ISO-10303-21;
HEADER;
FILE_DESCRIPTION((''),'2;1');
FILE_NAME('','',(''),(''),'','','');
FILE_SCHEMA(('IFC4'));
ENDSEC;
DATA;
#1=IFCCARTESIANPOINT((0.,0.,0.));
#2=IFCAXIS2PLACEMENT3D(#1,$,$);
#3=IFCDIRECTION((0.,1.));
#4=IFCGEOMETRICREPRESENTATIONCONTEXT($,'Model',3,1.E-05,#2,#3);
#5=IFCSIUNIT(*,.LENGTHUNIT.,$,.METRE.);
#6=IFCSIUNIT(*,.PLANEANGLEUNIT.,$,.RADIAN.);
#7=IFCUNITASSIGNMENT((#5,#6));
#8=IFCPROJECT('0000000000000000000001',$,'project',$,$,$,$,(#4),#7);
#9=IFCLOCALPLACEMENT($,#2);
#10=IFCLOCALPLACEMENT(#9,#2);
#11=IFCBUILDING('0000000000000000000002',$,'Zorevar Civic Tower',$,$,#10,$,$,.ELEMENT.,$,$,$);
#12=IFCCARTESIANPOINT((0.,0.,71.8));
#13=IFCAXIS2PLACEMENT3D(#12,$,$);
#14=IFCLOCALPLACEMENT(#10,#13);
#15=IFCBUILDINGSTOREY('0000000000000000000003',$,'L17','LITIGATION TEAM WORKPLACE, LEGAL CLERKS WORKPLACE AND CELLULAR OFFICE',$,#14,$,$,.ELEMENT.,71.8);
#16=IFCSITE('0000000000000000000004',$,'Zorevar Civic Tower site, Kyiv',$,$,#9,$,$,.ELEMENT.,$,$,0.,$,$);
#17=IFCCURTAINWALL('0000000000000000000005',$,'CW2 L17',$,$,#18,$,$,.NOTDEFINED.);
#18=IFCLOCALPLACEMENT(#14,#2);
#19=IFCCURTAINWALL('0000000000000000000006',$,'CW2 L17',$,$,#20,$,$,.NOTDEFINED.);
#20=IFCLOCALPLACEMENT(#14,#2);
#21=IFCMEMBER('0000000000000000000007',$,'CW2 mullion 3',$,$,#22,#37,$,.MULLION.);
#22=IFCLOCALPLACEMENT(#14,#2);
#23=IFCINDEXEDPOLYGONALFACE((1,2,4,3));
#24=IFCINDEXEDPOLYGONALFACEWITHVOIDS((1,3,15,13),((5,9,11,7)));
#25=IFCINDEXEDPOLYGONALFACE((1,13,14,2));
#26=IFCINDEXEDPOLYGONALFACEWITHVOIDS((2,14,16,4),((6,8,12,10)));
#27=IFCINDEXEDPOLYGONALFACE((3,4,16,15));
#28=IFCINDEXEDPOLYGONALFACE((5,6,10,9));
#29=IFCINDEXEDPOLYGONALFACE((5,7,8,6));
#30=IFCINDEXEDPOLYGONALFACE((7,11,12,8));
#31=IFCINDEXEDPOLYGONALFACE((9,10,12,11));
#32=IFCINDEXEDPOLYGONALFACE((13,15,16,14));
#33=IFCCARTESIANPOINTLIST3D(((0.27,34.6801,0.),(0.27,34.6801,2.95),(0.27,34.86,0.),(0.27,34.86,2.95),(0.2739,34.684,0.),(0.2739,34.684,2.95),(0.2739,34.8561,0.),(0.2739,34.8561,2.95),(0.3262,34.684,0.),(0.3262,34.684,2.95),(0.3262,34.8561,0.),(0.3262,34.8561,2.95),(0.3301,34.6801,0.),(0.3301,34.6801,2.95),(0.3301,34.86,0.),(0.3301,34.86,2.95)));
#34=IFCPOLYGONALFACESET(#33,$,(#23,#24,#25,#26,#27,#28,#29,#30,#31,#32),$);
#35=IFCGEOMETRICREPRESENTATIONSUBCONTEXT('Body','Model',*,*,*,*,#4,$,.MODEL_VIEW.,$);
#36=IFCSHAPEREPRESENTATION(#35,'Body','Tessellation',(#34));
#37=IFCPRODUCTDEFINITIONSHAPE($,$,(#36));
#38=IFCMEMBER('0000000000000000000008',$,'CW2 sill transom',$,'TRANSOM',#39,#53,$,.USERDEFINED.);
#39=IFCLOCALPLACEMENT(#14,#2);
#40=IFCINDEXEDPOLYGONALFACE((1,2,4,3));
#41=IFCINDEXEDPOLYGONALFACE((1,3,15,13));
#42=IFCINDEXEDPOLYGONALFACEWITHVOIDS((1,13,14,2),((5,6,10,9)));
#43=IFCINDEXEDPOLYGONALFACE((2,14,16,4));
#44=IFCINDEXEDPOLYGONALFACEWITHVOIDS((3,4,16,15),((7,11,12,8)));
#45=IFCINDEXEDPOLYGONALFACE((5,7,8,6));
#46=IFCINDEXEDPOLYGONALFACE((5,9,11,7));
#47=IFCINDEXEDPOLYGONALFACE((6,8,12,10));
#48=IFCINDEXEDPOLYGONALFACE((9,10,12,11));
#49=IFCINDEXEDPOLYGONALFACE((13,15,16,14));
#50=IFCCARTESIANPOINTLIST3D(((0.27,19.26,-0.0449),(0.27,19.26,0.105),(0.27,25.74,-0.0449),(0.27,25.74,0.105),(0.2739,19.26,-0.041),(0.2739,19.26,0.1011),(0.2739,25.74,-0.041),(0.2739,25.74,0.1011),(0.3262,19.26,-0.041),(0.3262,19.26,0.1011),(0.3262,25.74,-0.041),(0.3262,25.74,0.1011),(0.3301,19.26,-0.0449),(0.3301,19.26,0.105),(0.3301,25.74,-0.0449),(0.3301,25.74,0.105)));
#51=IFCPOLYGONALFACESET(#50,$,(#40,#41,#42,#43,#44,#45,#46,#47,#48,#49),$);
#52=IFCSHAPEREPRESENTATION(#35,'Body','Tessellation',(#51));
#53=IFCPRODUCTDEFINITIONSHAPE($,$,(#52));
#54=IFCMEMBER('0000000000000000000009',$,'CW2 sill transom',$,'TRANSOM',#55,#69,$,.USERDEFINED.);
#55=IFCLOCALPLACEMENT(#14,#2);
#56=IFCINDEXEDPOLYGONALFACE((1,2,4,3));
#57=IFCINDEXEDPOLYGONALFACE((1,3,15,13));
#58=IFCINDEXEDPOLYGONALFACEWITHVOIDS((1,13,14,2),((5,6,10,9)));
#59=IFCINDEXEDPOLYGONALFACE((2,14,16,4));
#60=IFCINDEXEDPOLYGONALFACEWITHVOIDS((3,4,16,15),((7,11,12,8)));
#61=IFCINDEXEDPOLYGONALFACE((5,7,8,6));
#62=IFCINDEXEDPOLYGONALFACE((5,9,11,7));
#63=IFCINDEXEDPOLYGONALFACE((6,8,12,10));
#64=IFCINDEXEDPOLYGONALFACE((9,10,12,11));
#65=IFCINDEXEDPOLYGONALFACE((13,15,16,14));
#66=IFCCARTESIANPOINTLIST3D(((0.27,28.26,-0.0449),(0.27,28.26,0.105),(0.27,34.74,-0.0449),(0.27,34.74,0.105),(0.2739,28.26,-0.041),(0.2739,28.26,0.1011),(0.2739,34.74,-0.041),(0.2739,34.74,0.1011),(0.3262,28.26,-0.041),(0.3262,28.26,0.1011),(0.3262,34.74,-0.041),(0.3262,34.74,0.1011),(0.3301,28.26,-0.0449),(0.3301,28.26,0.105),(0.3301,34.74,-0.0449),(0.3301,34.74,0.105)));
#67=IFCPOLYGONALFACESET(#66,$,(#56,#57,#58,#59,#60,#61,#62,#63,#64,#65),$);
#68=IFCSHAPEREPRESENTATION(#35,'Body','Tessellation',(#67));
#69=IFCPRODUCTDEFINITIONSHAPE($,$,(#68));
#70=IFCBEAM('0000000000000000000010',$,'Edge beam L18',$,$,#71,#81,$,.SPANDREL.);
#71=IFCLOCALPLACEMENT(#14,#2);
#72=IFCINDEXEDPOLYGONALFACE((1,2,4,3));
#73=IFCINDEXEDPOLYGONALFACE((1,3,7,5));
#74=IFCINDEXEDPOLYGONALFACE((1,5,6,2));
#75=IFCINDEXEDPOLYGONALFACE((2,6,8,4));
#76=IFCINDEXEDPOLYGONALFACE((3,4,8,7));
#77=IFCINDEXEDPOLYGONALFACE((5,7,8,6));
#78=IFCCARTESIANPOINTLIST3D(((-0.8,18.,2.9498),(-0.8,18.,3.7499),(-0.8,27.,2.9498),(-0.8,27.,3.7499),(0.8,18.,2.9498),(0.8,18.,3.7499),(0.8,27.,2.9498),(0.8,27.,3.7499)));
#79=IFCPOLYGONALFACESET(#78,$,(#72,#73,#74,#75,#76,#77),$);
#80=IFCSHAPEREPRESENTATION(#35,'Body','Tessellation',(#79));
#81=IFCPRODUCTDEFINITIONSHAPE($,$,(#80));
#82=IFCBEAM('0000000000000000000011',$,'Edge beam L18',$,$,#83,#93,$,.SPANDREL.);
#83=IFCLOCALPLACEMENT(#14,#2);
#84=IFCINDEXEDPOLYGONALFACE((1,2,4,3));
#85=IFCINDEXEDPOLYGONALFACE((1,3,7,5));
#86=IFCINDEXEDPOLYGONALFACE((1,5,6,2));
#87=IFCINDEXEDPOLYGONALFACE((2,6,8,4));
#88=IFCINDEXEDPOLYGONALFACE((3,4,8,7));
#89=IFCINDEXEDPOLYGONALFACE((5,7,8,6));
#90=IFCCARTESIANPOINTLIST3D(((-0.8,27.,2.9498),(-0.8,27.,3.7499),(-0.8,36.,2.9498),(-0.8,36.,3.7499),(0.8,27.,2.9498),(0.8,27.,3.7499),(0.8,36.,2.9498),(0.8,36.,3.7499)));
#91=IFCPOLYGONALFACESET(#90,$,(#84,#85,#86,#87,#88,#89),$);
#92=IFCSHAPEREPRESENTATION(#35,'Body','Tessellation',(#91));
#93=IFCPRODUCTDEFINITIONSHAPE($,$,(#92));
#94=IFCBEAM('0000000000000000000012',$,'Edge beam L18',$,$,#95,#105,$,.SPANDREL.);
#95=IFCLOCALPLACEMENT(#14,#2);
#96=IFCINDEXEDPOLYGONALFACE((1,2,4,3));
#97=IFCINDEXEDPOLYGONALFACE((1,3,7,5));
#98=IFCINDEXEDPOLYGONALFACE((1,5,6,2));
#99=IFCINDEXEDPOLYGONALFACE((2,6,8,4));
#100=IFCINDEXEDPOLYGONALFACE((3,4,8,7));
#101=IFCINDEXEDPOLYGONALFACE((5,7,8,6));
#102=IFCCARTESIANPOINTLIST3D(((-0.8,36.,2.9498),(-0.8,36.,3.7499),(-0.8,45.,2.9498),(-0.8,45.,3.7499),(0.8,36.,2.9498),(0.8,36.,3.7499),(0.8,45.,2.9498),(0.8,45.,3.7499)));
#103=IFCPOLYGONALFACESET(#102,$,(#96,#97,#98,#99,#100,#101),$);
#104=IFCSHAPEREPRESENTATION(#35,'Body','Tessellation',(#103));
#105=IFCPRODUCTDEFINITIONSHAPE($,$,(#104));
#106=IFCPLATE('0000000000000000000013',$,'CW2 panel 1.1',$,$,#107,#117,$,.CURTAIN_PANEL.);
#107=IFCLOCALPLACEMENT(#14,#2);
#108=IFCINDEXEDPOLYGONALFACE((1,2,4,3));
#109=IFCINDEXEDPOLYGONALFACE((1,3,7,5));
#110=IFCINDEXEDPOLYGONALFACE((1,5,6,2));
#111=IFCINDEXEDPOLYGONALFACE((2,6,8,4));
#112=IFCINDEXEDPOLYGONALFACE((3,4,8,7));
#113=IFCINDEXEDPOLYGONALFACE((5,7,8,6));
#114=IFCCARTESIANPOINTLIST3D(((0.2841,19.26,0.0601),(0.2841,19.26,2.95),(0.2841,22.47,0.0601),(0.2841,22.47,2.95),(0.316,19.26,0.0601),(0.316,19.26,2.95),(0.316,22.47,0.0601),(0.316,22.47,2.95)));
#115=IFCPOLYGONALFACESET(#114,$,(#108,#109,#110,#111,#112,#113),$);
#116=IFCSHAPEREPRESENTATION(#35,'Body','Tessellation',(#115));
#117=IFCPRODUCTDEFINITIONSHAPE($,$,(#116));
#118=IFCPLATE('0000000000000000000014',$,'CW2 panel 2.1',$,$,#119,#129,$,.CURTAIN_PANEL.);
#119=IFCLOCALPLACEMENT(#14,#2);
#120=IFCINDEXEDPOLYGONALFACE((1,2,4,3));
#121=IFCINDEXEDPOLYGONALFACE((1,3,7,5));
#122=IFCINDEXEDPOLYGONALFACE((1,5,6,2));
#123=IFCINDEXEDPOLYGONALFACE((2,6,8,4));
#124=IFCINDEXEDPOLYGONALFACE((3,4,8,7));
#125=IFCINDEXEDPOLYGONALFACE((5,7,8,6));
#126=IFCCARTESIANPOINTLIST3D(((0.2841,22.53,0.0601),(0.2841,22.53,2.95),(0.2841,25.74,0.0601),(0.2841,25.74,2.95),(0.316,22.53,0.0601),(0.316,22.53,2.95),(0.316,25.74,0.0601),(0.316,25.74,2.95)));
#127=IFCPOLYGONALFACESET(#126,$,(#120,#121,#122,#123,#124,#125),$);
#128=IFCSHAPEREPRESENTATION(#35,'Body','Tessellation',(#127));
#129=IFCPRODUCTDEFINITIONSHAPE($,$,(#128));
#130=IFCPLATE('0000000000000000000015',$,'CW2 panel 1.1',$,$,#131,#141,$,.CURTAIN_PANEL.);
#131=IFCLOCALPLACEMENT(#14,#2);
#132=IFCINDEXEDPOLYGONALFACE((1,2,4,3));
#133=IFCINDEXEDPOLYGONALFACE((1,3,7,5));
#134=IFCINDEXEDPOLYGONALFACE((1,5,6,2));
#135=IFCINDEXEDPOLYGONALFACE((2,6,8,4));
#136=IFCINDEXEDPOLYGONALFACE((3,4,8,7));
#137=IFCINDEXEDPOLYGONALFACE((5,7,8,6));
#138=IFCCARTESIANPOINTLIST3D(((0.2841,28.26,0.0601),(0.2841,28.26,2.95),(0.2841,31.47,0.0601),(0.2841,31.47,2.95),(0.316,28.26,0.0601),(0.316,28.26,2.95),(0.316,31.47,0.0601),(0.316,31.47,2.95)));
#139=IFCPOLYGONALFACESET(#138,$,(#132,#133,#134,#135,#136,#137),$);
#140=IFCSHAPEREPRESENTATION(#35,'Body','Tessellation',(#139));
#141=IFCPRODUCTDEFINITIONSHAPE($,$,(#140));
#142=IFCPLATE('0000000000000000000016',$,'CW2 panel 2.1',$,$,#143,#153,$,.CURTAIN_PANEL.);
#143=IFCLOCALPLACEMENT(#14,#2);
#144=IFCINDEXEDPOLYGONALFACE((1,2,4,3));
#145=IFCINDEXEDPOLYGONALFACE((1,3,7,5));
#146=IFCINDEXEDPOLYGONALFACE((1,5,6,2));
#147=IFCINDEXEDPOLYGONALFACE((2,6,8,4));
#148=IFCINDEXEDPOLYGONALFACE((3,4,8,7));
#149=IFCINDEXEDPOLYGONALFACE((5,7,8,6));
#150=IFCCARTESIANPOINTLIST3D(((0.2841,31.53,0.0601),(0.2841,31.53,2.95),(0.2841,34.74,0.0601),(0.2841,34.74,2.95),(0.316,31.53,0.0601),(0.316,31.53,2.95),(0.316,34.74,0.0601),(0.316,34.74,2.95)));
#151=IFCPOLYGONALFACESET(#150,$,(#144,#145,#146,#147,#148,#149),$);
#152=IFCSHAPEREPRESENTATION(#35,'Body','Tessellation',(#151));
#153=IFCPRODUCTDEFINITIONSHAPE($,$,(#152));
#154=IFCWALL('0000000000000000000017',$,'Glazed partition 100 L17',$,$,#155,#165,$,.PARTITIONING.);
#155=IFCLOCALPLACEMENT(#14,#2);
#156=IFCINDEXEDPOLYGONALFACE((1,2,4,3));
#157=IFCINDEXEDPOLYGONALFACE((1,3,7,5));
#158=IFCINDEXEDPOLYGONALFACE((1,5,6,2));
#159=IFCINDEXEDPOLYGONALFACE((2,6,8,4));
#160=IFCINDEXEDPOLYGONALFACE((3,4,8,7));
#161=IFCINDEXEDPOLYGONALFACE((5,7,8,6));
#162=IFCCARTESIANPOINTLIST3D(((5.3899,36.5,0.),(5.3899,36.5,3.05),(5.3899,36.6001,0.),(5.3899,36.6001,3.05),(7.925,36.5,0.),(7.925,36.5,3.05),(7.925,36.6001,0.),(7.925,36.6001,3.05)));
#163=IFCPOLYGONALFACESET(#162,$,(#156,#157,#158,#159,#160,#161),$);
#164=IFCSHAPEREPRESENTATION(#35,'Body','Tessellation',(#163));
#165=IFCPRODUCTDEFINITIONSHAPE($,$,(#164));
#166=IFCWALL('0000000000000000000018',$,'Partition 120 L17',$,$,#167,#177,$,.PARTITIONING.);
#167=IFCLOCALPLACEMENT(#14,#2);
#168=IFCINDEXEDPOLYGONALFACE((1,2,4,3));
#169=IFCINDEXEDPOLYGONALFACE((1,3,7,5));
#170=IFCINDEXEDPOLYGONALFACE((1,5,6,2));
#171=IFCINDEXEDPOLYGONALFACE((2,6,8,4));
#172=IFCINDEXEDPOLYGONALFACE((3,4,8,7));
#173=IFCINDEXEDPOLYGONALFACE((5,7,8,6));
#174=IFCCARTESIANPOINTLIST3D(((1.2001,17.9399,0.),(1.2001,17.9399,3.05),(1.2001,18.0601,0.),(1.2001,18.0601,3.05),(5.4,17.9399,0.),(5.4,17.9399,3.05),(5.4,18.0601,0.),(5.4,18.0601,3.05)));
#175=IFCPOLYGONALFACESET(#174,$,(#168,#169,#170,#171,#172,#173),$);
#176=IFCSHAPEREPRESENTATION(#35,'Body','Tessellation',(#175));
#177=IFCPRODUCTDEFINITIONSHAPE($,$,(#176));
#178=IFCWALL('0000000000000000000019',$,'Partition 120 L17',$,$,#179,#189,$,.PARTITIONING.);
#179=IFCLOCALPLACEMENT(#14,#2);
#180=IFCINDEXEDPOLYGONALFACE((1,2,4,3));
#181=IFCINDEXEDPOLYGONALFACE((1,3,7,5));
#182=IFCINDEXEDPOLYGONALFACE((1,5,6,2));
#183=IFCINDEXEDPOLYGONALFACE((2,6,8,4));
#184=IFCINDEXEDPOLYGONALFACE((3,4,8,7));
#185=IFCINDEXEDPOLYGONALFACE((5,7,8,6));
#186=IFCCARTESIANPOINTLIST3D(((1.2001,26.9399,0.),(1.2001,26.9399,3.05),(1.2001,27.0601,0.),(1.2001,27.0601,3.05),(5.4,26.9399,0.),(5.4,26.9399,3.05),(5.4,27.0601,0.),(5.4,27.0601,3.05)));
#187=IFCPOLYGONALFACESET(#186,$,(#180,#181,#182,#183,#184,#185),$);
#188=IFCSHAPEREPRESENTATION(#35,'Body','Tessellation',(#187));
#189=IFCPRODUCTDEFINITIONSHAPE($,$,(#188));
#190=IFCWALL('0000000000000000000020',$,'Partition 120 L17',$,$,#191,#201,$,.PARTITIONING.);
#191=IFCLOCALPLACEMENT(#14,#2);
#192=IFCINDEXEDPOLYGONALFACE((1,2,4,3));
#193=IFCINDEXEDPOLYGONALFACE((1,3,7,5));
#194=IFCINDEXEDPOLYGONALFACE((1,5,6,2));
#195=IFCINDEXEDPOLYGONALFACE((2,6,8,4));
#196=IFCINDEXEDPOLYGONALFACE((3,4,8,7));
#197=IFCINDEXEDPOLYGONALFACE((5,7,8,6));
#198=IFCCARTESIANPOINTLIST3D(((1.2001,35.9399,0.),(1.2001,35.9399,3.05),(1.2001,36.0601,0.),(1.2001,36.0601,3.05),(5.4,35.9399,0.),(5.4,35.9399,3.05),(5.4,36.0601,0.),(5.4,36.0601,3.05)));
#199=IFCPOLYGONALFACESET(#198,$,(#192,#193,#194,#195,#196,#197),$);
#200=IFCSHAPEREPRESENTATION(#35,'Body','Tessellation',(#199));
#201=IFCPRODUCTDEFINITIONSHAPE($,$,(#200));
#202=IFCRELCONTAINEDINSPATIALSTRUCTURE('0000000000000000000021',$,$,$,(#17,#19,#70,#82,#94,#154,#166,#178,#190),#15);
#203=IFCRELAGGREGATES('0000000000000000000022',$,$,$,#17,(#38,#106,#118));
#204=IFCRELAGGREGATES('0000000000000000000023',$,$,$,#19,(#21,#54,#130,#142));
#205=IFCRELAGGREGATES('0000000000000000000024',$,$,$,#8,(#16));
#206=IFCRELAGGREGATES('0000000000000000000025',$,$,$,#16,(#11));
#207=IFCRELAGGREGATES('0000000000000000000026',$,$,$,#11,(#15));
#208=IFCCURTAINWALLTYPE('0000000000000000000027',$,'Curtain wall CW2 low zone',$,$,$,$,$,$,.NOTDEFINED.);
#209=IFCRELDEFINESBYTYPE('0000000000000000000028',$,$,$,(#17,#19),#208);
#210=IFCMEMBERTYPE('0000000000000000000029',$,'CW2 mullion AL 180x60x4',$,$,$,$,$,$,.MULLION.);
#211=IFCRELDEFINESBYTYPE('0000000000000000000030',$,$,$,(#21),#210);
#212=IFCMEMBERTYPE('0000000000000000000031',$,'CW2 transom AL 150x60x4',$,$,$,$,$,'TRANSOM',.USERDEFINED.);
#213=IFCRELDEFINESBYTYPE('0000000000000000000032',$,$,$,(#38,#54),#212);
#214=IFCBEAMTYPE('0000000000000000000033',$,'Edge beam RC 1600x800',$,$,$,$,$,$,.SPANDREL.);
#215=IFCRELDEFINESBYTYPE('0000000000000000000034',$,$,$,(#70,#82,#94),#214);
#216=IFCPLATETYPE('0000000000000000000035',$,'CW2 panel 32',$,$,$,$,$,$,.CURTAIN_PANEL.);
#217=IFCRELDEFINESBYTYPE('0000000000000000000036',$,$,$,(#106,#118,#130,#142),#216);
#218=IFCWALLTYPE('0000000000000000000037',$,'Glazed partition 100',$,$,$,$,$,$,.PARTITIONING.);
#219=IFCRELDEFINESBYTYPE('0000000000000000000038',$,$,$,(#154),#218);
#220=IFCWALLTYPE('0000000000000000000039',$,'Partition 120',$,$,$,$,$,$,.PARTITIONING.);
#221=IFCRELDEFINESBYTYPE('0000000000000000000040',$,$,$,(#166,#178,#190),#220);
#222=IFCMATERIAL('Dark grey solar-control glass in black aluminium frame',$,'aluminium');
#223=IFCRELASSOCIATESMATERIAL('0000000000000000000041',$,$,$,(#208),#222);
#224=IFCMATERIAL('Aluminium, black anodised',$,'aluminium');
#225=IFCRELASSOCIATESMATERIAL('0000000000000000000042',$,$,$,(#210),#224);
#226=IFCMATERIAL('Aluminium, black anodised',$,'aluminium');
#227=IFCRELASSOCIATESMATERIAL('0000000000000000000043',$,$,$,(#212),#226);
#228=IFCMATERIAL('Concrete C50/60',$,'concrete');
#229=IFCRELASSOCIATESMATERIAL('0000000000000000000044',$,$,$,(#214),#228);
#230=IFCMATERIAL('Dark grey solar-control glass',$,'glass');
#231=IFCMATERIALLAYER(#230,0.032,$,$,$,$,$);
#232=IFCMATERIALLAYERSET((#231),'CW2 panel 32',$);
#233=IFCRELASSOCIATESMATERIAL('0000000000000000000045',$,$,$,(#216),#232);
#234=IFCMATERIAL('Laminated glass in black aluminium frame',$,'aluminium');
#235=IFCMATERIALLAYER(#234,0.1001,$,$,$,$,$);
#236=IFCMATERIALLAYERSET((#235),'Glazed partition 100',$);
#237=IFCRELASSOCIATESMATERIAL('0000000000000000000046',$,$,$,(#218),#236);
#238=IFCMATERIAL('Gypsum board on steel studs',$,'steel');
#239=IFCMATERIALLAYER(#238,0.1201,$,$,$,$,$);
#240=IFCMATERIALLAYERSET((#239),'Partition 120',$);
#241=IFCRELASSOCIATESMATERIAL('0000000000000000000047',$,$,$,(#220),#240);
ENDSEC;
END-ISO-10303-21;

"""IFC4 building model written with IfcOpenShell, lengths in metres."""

from ifc_helpers import new_model, si_unit, direction, frame, frame_2d, origin, origin_2d, place, context, subcontext, project, spatial, rectangle, hollow_rectangle, extrude, material, layer, layer_set, material_profile, profile_set, type_object, element, aggregate, save


model = new_model("IFC4")

# Units and contexts
model_context = context("Model", 3, precision=1e-05, world=origin(), true_north=direction((0.0, 1.0)))
body_context = subcontext(model_context, "Body", "Model", "MODEL_VIEW")
ifc_project = project(units=[si_unit("LENGTHUNIT", "METRE"), si_unit("PLANEANGLEUNIT", "RADIAN")], contexts=[model_context])

# Site, building, storey
site_placement = place(None, origin())
site = spatial("IfcSite", under=ifc_project, at=site_placement, Name="Zorevar Civic Tower site, Kyiv", CompositionType="ELEMENT", RefElevation=0.0)
building_placement = place(site_placement, origin())
building = spatial("IfcBuilding", under=site, at=building_placement, Name="Zorevar Civic Tower", CompositionType="ELEMENT")
storey_placement = place(building_placement, frame((0.0, 0.0, 71.8)))
storey = spatial("IfcBuildingStorey", under=building, at=storey_placement, Name="L17", Description="LITIGATION TEAM WORKPLACE, LEGAL CLERKS WORKPLACE AND CELLULAR OFFICE", CompositionType="ELEMENT", Elevation=71.8)

# Curtain walls, member
ifc_material_1 = material(Name="Dark grey solar-control glass in black aluminium frame", Category="aluminium")
curtain_wall_type = type_object("IfcCurtainWallType", Name="Curtain wall CW2 low zone", PredefinedType="NOTDEFINED", material=ifc_material_1)
curtain_wall_1_placement = place(storey_placement, origin())
curtain_wall_1 = element("IfcCurtainWall", 1, at=curtain_wall_1_placement, inside=storey, type_object=curtain_wall_type, Name="CW2 L17", PredefinedType="NOTDEFINED")
ifc_material_2 = material(Name="Aluminium, black anodised", Category="aluminium")
ifc_material_profile_1 = material_profile(ifc_material_2, hollow_rectangle(XDim=0.0601, YDim=0.1799, WallThickness=0.0039, at=origin_2d()), Name="AL 180x60x4")
ifc_profile_set_1 = profile_set([ifc_material_profile_1], Name="Aluminium, black anodised")
member_type_1 = type_object("IfcMemberType", Name="CW2 mullion AL 180x60x4", PredefinedType="MULLION", material=ifc_profile_set_1)
curtain_wall_2_placement = place(storey_placement, origin())
curtain_wall_2 = element("IfcCurtainWall", 2, at=curtain_wall_2_placement, inside=storey, type_object=curtain_wall_type, Name="CW2 L17", PredefinedType="NOTDEFINED")
member_1_placement = place(storey_placement, frame((0.3, 34.77, 0.0), z_axis=(0.0, 0.0, 1.0), x_axis=(-1.0, 0.0, 0.0)))
member_1 = element("IfcMember", 3, at=member_1_placement, type_object=member_type_1, Name="CW2 mullion 3", PredefinedType="MULLION", context=body_context, shape_type="SweptSolid", body=[
    extrude(hollow_rectangle(XDim=0.0601, YDim=0.1799, WallThickness=0.0039, at=origin_2d()), origin(), (0.0, 0.0, 1.0), 2.95),
])

# Members
ifc_material_3 = material(Name="Aluminium, black anodised", Category="aluminium")
ifc_material_profile_2 = material_profile(ifc_material_3, hollow_rectangle(XDim=0.0601, YDim=0.1499, WallThickness=0.0039, at=origin_2d()), Name="AL 150x60x4")
ifc_profile_set_2 = profile_set([ifc_material_profile_2], Name="Aluminium, black anodised")
member_type_2 = type_object("IfcMemberType", Name="CW2 transom AL 150x60x4", ElementType="TRANSOM", PredefinedType="USERDEFINED", material=ifc_profile_set_2)
member_2_placement = place(storey_placement, frame((0.3, 19.26, 0.03), z_axis=(0.0, 1.0, 0.0), x_axis=(-1.0, 0.0, 0.0)))
member_2 = element("IfcMember", 4, at=member_2_placement, type_object=member_type_2, Name="CW2 sill transom", ObjectType="TRANSOM", PredefinedType="USERDEFINED", context=body_context, shape_type="SweptSolid", body=[
    extrude(hollow_rectangle(XDim=0.0601, YDim=0.1499, WallThickness=0.0039, at=origin_2d()), origin(), (0.0, 0.0, 1.0), 6.48),
])
member_3_placement = place(storey_placement, frame((0.3, 28.26, 0.03), z_axis=(0.0, 1.0, 0.0), x_axis=(-1.0, 0.0, 0.0)))
member_3 = element("IfcMember", 5, at=member_3_placement, type_object=member_type_2, Name="CW2 sill transom", ObjectType="TRANSOM", PredefinedType="USERDEFINED", context=body_context, shape_type="SweptSolid", body=[
    extrude(hollow_rectangle(XDim=0.0601, YDim=0.1499, WallThickness=0.0039, at=origin_2d()), origin(), (0.0, 0.0, 1.0), 6.48),
])

# Beams
ifc_material_4 = material(Name="Concrete C50/60", Category="concrete")
ifc_material_profile_3 = material_profile(ifc_material_4, rectangle(XDim=1.6001, YDim=0.8, at=origin_2d()), Name="RC 1600x800")
ifc_profile_set_3 = profile_set([ifc_material_profile_3], Name="Concrete C50/60")
beam_type_1 = type_object("IfcBeamType", Name="Edge beam RC 1600x800", PredefinedType="SPANDREL", material=ifc_profile_set_3)
for number, where, z_axis, x_axis, name in (
    (6, (0.0, 18.0, 3.3499), (0.0, 1.0, 0.0), (-1.0, 0.0, 0.0), "Edge beam L18"),
    (7, (0.0, 27.0, 3.3499), (0.0, 1.0, 0.0), (-1.0, 0.0, 0.0), "Edge beam L18"),
    (8, (0.0, 36.0, 3.3499), (0.0, 1.0, 0.0), (-1.0, 0.0, 0.0), "Edge beam L18"),
):
    element("IfcBeam", number, at=place(storey_placement, frame(where, z_axis=z_axis, x_axis=x_axis)), inside=storey, type_object=beam_type_1, Name=name, PredefinedType="SPANDREL", context=body_context, shape_type="SweptSolid", body=[
        extrude(rectangle(XDim=1.6001, YDim=0.8, at=origin_2d()), origin(), (0.0, 0.0, 1.0), 9.0),
    ])

# Plates
ifc_material_5 = material(Name="Dark grey solar-control glass", Category="glass")
ifc_layer_1 = layer(ifc_material_5, 0.032)
ifc_layer_set_1 = layer_set([ifc_layer_1], Name="CW2 panel 32")
plate_type = type_object("IfcPlateType", Name="CW2 panel 32", PredefinedType="CURTAIN_PANEL", material=ifc_layer_set_1)
plate_1_placement = place(storey_placement, frame((0.3, 20.865, 0.0601), z_axis=(0.0, 0.0, 1.0), x_axis=(0.0, 1.0, 0.0)))
plate_1 = element("IfcPlate", 9, at=plate_1_placement, type_object=plate_type, Name="CW2 panel 1.1", PredefinedType="CURTAIN_PANEL", context=body_context, shape_type="SweptSolid", body=[
    extrude(rectangle(XDim=3.21, YDim=0.032, at=origin_2d()), origin(), (0.0, 0.0, 1.0), 2.8899),
])
plate_2_placement = place(storey_placement, frame((0.3, 24.135, 0.0601), z_axis=(0.0, 0.0, 1.0), x_axis=(0.0, 1.0, 0.0)))
plate_2 = element("IfcPlate", 10, at=plate_2_placement, type_object=plate_type, Name="CW2 panel 2.1", PredefinedType="CURTAIN_PANEL", context=body_context, shape_type="SweptSolid", body=[
    extrude(rectangle(XDim=3.21, YDim=0.032, at=origin_2d()), origin(), (0.0, 0.0, 1.0), 2.8899),
])
aggregate(curtain_wall_1, [member_2, plate_1, plate_2])
plate_3_placement = place(storey_placement, frame((0.3, 29.865, 0.0601), z_axis=(0.0, 0.0, 1.0), x_axis=(0.0, 1.0, 0.0)))
plate_3 = element("IfcPlate", 11, at=plate_3_placement, type_object=plate_type, Name="CW2 panel 1.1", PredefinedType="CURTAIN_PANEL", context=body_context, shape_type="SweptSolid", body=[
    extrude(rectangle(XDim=3.21, YDim=0.032, at=origin_2d()), origin(), (0.0, 0.0, 1.0), 2.8899),
])
plate_4_placement = place(storey_placement, frame((0.3, 33.135, 0.0601), z_axis=(0.0, 0.0, 1.0), x_axis=(0.0, 1.0, 0.0)))
plate_4 = element("IfcPlate", 12, at=plate_4_placement, type_object=plate_type, Name="CW2 panel 2.1", PredefinedType="CURTAIN_PANEL", context=body_context, shape_type="SweptSolid", body=[
    extrude(rectangle(XDim=3.21, YDim=0.032, at=origin_2d()), origin(), (0.0, 0.0, 1.0), 2.8899),
])
aggregate(curtain_wall_2, [member_1, member_3, plate_3, plate_4])

# Walls
ifc_material_6 = material(Name="Laminated glass in black aluminium frame", Category="aluminium")
ifc_layer_2 = layer(ifc_material_6, 0.1001)
ifc_layer_set_2 = layer_set([ifc_layer_2], Name="Glazed partition 100")
wall_type_1 = type_object("IfcWallType", Name="Glazed partition 100", PredefinedType="PARTITIONING", material=ifc_layer_set_2)
wall_1_placement = place(storey_placement, frame((5.3899, 36.55, 0.0), z_axis=(0.0, 0.0, 1.0), x_axis=(1.0, 0.0, 0.0)))
element("IfcWall", 13, at=wall_1_placement, inside=storey, type_object=wall_type_1, Name="Glazed partition 100 L17", PredefinedType="PARTITIONING", context=body_context, shape_type="SweptSolid", body=[
    extrude(rectangle(XDim=2.5352, YDim=0.1001, at=frame_2d((1.2676, 0.0))), origin(), (0.0, 0.0, 1.0), 3.05),
])
ifc_material_7 = material(Name="Gypsum board on steel studs", Category="steel")
ifc_layer_3 = layer(ifc_material_7, 0.1201)
ifc_layer_set_3 = layer_set([ifc_layer_3], Name="Partition 120")
wall_type_2 = type_object("IfcWallType", Name="Partition 120", PredefinedType="PARTITIONING", material=ifc_layer_set_3)
for number, where, z_axis, x_axis, name in (
    (14, (1.2, 18.0, 0.0), (0.0, 0.0, 1.0), (1.0, 0.0, 0.0), "Partition 120 L17"),
    (15, (1.2, 27.0, 0.0), (0.0, 0.0, 1.0), (1.0, 0.0, 0.0), "Partition 120 L17"),
    (16, (1.2, 36.0, 0.0), (0.0, 0.0, 1.0), (1.0, 0.0, 0.0), "Partition 120 L17"),
):
    element("IfcWall", number, at=place(storey_placement, frame(where, z_axis=z_axis, x_axis=x_axis)), inside=storey, type_object=wall_type_2, Name=name, PredefinedType="PARTITIONING", context=body_context, shape_type="SweptSolid", body=[
        extrude(rectangle(XDim=4.2, YDim=0.1201, at=frame_2d((2.1001, 0.0))), origin(), (0.0, 0.0, 1.0), 3.05),
    ])

save(model, "model.ifc")
